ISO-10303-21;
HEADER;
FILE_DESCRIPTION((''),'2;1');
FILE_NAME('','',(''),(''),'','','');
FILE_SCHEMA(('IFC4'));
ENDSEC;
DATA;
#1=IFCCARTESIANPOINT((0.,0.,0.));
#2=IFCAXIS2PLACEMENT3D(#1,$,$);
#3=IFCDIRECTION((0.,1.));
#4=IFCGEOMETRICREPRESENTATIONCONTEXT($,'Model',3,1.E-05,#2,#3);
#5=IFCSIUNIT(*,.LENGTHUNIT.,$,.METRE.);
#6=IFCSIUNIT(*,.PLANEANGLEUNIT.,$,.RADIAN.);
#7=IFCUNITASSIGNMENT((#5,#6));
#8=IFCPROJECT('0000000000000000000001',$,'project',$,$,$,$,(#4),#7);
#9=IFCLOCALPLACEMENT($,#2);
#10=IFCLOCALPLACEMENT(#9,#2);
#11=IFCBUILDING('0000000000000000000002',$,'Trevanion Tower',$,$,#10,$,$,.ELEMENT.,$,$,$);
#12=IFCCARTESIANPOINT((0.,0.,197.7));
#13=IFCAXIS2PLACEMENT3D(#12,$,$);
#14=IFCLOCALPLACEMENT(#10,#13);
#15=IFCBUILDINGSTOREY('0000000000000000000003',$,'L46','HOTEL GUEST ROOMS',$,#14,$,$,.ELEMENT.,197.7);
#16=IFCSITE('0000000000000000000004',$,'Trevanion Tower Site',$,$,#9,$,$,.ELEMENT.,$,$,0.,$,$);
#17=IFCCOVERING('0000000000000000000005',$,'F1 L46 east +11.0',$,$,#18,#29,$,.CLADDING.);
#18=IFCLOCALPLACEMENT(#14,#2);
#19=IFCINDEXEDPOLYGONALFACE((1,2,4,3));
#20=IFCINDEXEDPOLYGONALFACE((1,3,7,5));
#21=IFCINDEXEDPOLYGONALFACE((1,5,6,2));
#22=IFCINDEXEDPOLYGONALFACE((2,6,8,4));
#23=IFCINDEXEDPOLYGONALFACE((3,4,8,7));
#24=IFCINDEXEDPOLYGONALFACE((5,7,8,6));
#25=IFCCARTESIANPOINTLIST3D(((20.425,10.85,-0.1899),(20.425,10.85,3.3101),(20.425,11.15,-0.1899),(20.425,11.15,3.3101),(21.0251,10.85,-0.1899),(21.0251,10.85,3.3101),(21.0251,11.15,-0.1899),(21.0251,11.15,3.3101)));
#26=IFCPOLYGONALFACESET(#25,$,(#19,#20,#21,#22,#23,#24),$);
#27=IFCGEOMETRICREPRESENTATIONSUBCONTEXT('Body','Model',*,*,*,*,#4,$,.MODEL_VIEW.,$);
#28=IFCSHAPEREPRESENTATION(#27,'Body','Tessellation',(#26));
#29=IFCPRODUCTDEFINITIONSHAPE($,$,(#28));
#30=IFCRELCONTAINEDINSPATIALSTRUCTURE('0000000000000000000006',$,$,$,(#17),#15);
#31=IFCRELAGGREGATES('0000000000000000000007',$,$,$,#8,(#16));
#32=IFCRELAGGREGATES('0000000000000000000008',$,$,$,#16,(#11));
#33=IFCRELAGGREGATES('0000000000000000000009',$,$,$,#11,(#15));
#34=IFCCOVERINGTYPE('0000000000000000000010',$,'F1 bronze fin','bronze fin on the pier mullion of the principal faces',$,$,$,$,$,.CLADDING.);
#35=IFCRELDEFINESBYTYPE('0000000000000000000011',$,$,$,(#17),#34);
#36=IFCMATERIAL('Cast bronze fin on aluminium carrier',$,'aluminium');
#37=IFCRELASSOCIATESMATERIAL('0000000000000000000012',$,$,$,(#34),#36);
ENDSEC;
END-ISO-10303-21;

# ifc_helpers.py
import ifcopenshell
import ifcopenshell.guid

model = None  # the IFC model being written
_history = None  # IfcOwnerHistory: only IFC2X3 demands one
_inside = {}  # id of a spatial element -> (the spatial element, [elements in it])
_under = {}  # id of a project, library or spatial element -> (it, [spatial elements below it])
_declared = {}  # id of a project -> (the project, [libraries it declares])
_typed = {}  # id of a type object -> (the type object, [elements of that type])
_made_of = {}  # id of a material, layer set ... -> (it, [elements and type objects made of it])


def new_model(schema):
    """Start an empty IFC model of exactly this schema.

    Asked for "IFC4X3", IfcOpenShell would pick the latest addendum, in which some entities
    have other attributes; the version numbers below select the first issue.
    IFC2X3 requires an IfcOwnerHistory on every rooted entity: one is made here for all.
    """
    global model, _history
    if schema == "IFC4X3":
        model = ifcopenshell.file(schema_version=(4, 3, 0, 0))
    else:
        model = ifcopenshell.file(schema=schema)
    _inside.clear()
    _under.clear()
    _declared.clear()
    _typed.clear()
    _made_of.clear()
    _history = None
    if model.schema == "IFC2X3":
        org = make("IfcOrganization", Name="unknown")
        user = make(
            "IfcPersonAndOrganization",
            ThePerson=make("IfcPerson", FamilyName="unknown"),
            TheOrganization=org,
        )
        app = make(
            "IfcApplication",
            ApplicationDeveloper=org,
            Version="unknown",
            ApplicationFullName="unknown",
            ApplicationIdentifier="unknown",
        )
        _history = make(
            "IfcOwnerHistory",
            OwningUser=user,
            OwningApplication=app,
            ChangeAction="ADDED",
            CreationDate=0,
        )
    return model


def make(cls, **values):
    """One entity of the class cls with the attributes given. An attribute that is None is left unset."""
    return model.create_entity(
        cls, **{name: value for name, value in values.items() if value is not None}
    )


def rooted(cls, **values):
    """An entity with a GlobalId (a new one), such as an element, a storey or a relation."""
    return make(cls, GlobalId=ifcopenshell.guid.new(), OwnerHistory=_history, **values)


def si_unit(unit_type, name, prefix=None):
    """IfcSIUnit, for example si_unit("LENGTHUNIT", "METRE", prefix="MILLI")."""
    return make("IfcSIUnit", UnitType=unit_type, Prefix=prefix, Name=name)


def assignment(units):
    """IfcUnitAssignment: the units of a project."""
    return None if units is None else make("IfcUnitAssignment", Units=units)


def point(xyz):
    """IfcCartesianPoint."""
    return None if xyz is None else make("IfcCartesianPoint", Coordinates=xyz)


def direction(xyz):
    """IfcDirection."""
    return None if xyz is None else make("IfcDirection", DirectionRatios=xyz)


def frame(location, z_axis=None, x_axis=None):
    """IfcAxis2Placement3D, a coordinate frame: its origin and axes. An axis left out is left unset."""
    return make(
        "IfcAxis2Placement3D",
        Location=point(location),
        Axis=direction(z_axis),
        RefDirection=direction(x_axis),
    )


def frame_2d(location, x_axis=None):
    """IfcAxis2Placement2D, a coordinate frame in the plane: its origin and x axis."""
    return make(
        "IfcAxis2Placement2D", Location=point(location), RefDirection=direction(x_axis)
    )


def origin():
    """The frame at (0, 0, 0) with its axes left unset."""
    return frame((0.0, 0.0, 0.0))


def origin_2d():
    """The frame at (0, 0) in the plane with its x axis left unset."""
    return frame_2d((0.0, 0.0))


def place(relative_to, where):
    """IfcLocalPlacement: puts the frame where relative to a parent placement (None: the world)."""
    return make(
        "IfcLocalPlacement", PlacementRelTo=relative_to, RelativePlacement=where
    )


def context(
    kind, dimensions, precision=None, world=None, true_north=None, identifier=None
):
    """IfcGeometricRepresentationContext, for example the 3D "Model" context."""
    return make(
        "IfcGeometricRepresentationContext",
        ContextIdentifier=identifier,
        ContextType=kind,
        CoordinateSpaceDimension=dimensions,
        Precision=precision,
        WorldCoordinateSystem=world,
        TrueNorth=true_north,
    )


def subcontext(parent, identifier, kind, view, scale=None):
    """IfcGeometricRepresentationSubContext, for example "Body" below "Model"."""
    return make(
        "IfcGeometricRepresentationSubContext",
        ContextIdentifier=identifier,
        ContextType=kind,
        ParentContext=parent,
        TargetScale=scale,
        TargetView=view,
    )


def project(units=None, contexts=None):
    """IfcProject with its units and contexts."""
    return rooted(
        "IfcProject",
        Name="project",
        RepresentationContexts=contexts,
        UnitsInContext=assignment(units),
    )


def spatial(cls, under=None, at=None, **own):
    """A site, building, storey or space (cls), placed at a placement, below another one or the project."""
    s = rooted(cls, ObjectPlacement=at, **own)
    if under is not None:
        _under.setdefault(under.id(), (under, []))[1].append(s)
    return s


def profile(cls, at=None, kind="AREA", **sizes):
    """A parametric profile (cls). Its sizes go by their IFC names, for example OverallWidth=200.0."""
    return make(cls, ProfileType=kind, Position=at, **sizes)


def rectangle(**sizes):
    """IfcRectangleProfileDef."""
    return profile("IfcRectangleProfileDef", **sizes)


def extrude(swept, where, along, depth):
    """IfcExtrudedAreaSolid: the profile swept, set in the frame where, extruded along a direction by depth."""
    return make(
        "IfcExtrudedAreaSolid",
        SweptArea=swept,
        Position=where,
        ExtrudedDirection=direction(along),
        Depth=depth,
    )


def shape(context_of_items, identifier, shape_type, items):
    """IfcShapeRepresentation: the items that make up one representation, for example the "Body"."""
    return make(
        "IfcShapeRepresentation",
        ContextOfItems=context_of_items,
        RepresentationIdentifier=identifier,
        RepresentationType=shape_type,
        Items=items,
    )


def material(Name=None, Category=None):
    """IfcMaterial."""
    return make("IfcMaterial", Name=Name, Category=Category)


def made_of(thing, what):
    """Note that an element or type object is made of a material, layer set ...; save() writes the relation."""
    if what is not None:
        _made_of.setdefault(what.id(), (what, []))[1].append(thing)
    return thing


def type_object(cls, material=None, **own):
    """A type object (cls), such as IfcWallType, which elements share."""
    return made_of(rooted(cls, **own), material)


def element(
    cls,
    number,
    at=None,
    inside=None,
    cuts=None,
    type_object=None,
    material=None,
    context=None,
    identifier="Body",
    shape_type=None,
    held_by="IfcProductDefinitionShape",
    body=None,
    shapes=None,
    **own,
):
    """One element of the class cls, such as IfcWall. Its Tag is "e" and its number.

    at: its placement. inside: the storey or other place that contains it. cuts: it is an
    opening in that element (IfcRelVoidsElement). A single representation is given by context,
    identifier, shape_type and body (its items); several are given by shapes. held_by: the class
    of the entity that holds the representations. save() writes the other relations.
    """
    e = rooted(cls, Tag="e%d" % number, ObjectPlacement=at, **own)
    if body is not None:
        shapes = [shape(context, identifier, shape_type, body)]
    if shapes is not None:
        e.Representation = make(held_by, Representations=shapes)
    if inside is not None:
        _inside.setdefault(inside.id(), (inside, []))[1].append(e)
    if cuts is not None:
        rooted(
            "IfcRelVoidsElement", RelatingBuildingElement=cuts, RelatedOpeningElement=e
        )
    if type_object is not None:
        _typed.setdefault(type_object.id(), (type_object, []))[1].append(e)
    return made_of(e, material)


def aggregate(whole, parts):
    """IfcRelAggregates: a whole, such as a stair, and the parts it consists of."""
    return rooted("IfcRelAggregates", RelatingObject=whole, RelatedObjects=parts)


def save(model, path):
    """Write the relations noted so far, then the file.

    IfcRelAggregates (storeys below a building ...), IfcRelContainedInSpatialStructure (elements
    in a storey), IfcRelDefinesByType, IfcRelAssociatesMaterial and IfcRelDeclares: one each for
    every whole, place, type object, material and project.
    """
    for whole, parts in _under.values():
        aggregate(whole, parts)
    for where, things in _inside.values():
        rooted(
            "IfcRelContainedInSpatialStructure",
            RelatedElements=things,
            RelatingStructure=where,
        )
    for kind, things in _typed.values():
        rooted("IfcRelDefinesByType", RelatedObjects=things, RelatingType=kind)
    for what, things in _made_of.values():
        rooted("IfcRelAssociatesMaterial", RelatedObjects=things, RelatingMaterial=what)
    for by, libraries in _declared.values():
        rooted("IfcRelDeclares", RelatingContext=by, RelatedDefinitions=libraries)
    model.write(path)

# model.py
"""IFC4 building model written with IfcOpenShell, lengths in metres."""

from ifc_helpers import new_model, si_unit, direction, frame, origin, origin_2d, place, context, subcontext, project, spatial, rectangle, extrude, material, type_object, element, save


model = new_model("IFC4")

# Units and contexts
model_context = context("Model", 3, precision=1e-05, world=origin(), true_north=direction((0.0, 1.0)))
body_context = subcontext(model_context, "Body", "Model", "MODEL_VIEW")
ifc_project = project(units=[si_unit("LENGTHUNIT", "METRE"), si_unit("PLANEANGLEUNIT", "RADIAN")], contexts=[model_context])

# Site, building, storey
site_placement = place(None, origin())
site = spatial("IfcSite", under=ifc_project, at=site_placement, Name="Trevanion Tower Site", CompositionType="ELEMENT", RefElevation=0.0)
building_placement = place(site_placement, origin())
building = spatial("IfcBuilding", under=site, at=building_placement, Name="Trevanion Tower", CompositionType="ELEMENT")
storey_placement = place(building_placement, frame((0.0, 0.0, 197.7)))
storey = spatial("IfcBuildingStorey", under=building, at=storey_placement, Name="L46", Description="HOTEL GUEST ROOMS", CompositionType="ELEMENT", Elevation=197.7)

# Covering
ifc_material_1 = material(Name="Cast bronze fin on aluminium carrier", Category="aluminium")
covering_type = type_object("IfcCoveringType", Name="F1 bronze fin", Description="bronze fin on the pier mullion of the principal faces", PredefinedType="CLADDING", material=ifc_material_1)
covering_placement = place(storey_placement, frame((20.7251, 11.0, -0.1899), z_axis=(0.0, 0.0, 1.0), x_axis=(0.0, 1.0, 0.0)))
element("IfcCovering", 1, at=covering_placement, inside=storey, type_object=covering_type, Name="F1 L46 east +11.0", PredefinedType="CLADDING", context=body_context, shape_type="SweptSolid", body=[
    extrude(rectangle(XDim=0.3, YDim=0.6001, at=origin_2d()), origin(), (0.0, 0.0, 1.0), 3.5),
])

save(model, "model.ifc")
